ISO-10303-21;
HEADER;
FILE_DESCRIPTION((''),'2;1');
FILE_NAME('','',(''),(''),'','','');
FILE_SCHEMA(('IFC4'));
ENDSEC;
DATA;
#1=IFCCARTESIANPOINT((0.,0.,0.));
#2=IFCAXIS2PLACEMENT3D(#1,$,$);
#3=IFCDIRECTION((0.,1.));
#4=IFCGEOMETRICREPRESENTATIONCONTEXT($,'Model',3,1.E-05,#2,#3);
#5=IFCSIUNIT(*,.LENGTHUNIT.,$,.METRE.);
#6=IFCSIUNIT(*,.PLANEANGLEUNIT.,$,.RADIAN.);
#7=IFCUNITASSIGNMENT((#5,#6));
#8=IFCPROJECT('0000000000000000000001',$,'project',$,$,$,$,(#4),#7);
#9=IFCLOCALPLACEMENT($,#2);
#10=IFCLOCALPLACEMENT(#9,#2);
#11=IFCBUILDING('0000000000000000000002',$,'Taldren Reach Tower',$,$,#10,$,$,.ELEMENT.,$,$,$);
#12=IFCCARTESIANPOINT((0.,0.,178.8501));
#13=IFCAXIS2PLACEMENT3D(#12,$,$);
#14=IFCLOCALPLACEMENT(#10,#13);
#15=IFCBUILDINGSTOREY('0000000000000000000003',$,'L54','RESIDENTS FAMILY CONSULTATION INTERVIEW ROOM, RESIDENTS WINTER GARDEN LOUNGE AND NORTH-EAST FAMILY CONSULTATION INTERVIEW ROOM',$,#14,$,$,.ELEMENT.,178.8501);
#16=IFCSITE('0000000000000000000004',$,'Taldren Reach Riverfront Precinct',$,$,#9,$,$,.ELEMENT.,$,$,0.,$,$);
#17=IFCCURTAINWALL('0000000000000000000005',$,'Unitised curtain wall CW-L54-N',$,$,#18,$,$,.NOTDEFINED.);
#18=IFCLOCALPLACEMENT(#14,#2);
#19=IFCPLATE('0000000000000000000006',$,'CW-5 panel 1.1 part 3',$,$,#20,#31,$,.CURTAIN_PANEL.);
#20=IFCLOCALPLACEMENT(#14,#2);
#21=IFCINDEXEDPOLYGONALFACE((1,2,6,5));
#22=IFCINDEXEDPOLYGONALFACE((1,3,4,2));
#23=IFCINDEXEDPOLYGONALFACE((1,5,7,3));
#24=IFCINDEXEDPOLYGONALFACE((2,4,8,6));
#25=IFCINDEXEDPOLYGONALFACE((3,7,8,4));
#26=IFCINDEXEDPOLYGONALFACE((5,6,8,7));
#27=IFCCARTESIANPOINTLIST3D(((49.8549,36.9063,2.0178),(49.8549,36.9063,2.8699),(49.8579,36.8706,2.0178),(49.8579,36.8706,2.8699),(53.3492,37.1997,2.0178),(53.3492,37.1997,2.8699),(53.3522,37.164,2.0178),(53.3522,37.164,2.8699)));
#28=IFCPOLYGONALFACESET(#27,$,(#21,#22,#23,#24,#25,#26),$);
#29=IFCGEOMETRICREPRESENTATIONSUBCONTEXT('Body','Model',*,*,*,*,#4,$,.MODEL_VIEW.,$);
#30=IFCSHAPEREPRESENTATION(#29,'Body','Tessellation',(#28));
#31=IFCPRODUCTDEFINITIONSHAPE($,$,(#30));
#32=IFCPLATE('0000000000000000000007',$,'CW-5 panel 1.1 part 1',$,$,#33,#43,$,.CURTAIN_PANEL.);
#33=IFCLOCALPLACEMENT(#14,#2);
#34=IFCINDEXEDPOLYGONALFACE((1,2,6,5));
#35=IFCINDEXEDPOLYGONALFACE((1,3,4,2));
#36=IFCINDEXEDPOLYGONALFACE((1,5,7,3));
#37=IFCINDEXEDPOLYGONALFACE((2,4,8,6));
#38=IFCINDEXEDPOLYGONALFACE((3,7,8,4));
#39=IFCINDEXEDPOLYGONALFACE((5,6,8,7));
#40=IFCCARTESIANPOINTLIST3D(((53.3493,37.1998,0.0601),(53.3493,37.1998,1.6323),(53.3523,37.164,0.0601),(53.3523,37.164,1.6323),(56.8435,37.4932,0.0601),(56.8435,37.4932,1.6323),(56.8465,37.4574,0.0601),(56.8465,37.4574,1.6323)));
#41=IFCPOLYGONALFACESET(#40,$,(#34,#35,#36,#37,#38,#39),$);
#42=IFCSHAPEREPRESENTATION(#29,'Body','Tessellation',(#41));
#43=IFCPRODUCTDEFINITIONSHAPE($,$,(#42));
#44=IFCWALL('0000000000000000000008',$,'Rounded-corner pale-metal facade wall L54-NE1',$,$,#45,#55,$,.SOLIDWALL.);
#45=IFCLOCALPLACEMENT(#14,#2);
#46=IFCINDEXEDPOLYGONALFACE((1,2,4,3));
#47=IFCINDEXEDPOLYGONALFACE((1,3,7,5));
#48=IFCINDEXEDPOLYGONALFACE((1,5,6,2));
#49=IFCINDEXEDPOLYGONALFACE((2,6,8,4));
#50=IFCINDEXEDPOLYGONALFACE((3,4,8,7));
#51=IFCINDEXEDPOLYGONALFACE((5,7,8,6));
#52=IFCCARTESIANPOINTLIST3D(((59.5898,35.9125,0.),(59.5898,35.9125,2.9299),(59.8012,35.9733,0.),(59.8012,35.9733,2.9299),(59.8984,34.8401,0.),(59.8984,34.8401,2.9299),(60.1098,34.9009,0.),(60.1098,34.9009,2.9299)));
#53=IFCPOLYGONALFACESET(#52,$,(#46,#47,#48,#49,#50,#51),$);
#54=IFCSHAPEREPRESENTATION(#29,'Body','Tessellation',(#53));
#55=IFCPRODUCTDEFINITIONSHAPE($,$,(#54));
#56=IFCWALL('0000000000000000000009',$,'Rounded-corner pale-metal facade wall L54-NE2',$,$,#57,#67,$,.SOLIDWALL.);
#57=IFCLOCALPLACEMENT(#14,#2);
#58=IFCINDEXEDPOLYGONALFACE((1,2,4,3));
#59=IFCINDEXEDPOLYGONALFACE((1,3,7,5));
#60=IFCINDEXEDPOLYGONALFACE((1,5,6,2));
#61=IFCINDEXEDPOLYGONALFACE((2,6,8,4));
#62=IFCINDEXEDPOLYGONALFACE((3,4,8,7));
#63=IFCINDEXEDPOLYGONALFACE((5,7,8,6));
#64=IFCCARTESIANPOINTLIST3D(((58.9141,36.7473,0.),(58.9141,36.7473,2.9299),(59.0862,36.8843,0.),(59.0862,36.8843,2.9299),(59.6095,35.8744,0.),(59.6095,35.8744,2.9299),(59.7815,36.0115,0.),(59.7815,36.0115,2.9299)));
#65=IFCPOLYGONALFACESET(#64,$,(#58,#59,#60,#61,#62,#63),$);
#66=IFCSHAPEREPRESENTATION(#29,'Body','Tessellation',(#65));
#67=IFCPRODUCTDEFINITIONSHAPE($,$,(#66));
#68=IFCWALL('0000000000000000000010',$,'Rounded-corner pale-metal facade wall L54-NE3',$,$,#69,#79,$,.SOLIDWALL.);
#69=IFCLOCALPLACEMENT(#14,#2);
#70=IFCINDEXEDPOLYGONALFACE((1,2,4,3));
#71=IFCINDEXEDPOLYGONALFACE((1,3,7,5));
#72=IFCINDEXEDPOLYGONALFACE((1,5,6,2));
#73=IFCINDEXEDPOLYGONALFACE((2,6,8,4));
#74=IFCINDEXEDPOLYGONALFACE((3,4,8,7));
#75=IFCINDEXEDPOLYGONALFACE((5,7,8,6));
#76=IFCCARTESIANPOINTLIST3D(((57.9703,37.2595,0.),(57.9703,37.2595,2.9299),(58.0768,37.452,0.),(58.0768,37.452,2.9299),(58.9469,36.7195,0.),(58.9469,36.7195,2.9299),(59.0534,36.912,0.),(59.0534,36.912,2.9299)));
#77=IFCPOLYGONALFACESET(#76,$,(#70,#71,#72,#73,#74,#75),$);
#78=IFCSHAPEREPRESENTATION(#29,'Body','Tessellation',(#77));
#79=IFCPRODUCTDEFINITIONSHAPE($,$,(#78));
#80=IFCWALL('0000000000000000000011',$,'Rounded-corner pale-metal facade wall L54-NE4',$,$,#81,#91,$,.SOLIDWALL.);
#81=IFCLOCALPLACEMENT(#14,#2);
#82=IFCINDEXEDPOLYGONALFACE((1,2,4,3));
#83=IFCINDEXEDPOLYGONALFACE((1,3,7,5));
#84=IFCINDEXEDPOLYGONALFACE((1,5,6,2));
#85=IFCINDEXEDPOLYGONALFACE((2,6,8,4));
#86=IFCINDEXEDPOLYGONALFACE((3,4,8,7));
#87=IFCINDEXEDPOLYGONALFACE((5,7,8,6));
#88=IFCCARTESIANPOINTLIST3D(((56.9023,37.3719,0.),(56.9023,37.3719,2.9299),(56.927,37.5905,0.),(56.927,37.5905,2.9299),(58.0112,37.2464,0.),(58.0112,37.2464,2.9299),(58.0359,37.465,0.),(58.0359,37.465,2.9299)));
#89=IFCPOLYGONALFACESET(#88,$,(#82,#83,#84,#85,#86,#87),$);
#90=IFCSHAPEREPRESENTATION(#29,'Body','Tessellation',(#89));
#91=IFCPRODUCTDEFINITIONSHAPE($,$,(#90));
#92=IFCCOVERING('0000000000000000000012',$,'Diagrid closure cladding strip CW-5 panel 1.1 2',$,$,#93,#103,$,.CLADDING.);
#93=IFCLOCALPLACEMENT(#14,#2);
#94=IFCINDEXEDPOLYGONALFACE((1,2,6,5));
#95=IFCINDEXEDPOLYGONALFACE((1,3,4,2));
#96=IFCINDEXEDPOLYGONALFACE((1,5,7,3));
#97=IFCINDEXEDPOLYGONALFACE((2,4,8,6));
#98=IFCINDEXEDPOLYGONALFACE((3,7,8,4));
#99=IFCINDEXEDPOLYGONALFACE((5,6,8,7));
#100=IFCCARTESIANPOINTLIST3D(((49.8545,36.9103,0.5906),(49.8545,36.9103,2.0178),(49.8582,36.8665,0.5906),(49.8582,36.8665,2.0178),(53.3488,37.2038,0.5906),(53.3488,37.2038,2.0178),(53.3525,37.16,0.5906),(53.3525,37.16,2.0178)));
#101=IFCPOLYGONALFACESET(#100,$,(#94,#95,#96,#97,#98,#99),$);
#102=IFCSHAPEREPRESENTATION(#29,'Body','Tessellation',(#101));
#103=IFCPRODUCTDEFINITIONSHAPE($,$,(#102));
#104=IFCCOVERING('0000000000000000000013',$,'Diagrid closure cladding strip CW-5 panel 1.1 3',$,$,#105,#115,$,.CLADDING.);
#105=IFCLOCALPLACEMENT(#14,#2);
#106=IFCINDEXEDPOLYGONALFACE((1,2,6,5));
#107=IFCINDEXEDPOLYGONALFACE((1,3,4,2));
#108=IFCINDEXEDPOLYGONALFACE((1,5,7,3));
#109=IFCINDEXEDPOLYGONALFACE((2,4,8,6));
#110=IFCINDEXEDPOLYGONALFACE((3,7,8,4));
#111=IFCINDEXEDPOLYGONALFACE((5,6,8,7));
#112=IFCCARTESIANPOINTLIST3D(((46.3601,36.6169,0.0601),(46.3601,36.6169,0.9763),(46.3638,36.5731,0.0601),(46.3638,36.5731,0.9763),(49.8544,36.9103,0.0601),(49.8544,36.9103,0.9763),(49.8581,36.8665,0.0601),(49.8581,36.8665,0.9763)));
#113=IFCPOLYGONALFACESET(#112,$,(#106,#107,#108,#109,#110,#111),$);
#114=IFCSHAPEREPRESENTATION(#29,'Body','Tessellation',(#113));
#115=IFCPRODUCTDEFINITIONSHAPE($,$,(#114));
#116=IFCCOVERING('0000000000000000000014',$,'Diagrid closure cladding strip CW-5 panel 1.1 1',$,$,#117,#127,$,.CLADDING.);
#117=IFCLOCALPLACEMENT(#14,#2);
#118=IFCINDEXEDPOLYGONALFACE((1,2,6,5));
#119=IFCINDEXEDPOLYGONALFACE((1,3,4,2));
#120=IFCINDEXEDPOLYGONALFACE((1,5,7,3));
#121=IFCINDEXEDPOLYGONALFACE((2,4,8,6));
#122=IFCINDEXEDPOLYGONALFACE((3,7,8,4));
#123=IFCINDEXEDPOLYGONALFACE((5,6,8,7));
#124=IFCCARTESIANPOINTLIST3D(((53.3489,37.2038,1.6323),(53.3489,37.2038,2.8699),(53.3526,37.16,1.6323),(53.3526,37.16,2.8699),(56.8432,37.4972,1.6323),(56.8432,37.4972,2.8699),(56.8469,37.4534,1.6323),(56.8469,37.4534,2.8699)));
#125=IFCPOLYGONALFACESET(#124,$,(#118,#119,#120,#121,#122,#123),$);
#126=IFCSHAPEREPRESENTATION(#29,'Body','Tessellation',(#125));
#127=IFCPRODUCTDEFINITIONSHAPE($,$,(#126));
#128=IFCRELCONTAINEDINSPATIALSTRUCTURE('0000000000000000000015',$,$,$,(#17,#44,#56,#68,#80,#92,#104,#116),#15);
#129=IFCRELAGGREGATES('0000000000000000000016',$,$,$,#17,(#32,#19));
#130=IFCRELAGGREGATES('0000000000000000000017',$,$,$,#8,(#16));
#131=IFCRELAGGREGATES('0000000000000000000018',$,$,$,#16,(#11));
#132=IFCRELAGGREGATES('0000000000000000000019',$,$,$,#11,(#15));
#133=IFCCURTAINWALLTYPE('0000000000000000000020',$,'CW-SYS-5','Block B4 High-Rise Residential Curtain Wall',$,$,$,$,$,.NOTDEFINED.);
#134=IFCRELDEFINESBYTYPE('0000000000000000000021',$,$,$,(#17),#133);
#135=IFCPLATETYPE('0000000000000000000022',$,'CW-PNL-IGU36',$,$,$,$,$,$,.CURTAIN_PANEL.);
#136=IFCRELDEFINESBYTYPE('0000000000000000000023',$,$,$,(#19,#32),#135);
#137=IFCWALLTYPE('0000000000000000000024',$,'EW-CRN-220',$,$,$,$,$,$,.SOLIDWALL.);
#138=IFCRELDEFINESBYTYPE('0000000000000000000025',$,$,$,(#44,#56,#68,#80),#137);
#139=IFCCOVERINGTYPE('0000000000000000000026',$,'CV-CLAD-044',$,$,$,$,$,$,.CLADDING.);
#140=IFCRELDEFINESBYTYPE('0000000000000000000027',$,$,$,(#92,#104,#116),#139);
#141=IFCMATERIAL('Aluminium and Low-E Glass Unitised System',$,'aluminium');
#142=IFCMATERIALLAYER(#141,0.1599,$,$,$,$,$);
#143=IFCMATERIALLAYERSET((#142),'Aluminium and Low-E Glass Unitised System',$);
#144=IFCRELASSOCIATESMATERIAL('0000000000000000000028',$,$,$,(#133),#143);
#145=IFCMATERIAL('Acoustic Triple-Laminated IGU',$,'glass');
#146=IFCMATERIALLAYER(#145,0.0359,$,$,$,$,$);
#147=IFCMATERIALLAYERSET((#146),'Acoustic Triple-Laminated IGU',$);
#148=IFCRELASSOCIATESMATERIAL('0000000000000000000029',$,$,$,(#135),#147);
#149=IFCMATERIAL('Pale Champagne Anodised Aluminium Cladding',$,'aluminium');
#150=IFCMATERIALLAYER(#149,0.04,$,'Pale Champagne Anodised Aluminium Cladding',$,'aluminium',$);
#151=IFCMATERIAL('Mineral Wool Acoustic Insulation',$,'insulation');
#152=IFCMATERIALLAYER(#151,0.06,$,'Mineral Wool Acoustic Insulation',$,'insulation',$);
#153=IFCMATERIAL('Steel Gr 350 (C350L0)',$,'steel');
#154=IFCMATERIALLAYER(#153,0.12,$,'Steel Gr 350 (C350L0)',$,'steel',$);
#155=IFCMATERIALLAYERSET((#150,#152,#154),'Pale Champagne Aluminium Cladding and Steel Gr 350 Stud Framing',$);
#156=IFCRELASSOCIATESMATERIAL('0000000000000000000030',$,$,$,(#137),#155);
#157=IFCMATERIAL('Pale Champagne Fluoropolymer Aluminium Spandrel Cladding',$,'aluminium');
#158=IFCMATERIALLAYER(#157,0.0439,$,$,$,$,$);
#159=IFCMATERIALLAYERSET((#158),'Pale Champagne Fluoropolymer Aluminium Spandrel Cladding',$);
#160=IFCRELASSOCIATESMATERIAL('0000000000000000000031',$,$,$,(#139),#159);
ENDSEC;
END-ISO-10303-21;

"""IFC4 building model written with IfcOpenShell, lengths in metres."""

from ifc_helpers import new_model, si_unit, direction, frame, frame_2d, origin, origin_2d, place, context, subcontext, project, spatial, rectangle, extrude, source, transform, mapped, material, layer, layer_set, type_object, element, aggregate, save


model = new_model("IFC4")

# Units and contexts
model_context = context("Model", 3, precision=1e-05, world=origin(), true_north=direction((0.0, 1.0)))
body_context = subcontext(model_context, "Body", "Model", "MODEL_VIEW")
ifc_project = project(units=[si_unit("LENGTHUNIT", "METRE"), si_unit("PLANEANGLEUNIT", "RADIAN")], contexts=[model_context])

# Site, building, storey
site_placement = place(None, origin())
site = spatial("IfcSite", under=ifc_project, at=site_placement, Name="Taldren Reach Riverfront Precinct", CompositionType="ELEMENT", RefElevation=0.0)
building_placement = place(site_placement, origin())
building = spatial("IfcBuilding", under=site, at=building_placement, Name="Taldren Reach Tower", CompositionType="ELEMENT")
storey_placement = place(building_placement, frame((0.0, 0.0, 178.8501)))
storey = spatial("IfcBuildingStorey", under=building, at=storey_placement, Name="L54", Description="RESIDENTS FAMILY CONSULTATION INTERVIEW ROOM, RESIDENTS WINTER GARDEN LOUNGE AND NORTH-EAST FAMILY CONSULTATION INTERVIEW ROOM", CompositionType="ELEMENT", Elevation=178.8501)

# Shared definitions
ifc_material_1 = material(Name="Steel Gr 350 (C350L0)", Category="steel")

# Curtain wall
ifc_material_2 = material(Name="Aluminium and Low-E Glass Unitised System", Category="aluminium")
ifc_layer_1 = layer(ifc_material_2, 0.1599)
ifc_layer_set_1 = layer_set([ifc_layer_1], Name="Aluminium and Low-E Glass Unitised System")
curtain_wall_type = type_object("IfcCurtainWallType", Name="CW-SYS-5", Description="Block B4 High-Rise Residential Curtain Wall", PredefinedType="NOTDEFINED", material=ifc_layer_set_1)
curtain_wall_placement = place(storey_placement, origin())
curtain_wall = element("IfcCurtainWall", 1, at=curtain_wall_placement, inside=storey, type_object=curtain_wall_type, Name="Unitised curtain wall CW-L54-N", PredefinedType="NOTDEFINED")

# Plates
ifc_material_3 = material(Name="Acoustic Triple-Laminated IGU", Category="glass")
ifc_layer_2 = layer(ifc_material_3, 0.0359)
ifc_layer_set_2 = layer_set([ifc_layer_2], Name="Acoustic Triple-Laminated IGU")
plate_type_1 = type_object("IfcPlateType", Name="CW-PNL-IGU36", PredefinedType="CURTAIN_PANEL", material=ifc_layer_set_2)
shared_shape_1 = source(origin(), body_context, "Body", "SweptSolid", [
    extrude(rectangle(XDim=3.5066, YDim=0.0359, at=origin_2d()), origin(), (0.0, 0.0, 1.0), 0.8521),
])
plate_1_placement = place(storey_placement, frame((51.6035, 37.0352, 2.0178), z_axis=(0.0, 0.0, 1.0), x_axis=(-0.996493, -0.083678, 0.0)))
plate_1 = element("IfcPlate", 2, at=plate_1_placement, type_object=plate_type_1, Name="CW-5 panel 1.1 part 3", PredefinedType="CURTAIN_PANEL", context=body_context, shape_type="MappedRepresentation", body=[
    mapped(shared_shape_1, transform((0.0, 0.0, 0.0), scale=1.0)),
])
shared_shape_2 = source(origin(), body_context, "Body", "SweptSolid", [
    extrude(rectangle(XDim=3.5066, YDim=0.0359, at=origin_2d()), origin(), (0.0, 0.0, 1.0), 1.5723),
])
plate_2_placement = place(storey_placement, frame((55.0979, 37.3286, 0.0601), z_axis=(0.0, 0.0, 1.0), x_axis=(-0.996493, -0.083678, 0.0)))
plate_2 = element("IfcPlate", 3, at=plate_2_placement, type_object=plate_type_1, Name="CW-5 panel 1.1 part 1", PredefinedType="CURTAIN_PANEL", context=body_context, shape_type="MappedRepresentation", body=[
    mapped(shared_shape_2, transform((0.0, 0.0, 0.0), scale=1.0)),
])
aggregate(curtain_wall, [plate_2, plate_1])

# Walls
ifc_material_4 = material(Name="Pale Champagne Anodised Aluminium Cladding", Category="aluminium")
ifc_layer_3 = layer(ifc_material_4, 0.04, Name="Pale Champagne Anodised Aluminium Cladding", Category="aluminium")
ifc_material_5 = material(Name="Mineral Wool Acoustic Insulation", Category="insulation")
ifc_layer_4 = layer(ifc_material_5, 0.06, Name="Mineral Wool Acoustic Insulation", Category="insulation")
ifc_layer_5 = layer(ifc_material_1, 0.12, Name="Steel Gr 350 (C350L0)", Category="steel")
ifc_layer_set_3 = layer_set([ifc_layer_3, ifc_layer_4, ifc_layer_5], Name="Pale Champagne Aluminium Cladding and Steel Gr 350 Stud Framing")
wall_type = type_object("IfcWallType", Name="EW-CRN-220", PredefinedType="SOLIDWALL", material=ifc_layer_set_3)
shared_shape_3 = source(origin(), body_context, "Body", "SweptSolid", [
    extrude(rectangle(XDim=1.116, YDim=0.22, at=frame_2d((0.5581, 0.0))), origin(), (0.0, 0.0, 1.0), 2.9299),
])
for number, where, z_axis, x_axis, name in (
    (4, (60.0042, 34.8704, 0.0), (0.0, 0.0, 1.0), (-0.276512, 0.96101, 0.0), "Rounded-corner pale-metal facade wall L54-NE1"),
    (5, (59.6956, 35.9429, 0.0), (0.0, 0.0, 1.0), (-0.623093, 0.782148, 0.0), "Rounded-corner pale-metal facade wall L54-NE2"),
    (6, (59.0002, 36.8157, 0.0), (0.0, 0.0, 1.0), (-0.875105, 0.483933, 0.0), "Rounded-corner pale-metal facade wall L54-NE3"),
    (7, (58.0237, 37.3557, 0.0), (0.0, 0.0, 1.0), (-0.993658, 0.112448, 0.0), "Rounded-corner pale-metal facade wall L54-NE4"),
):
    element("IfcWall", number, at=place(storey_placement, frame(where, z_axis=z_axis, x_axis=x_axis)), inside=storey, type_object=wall_type, Name=name, PredefinedType="SOLIDWALL", context=body_context, shape_type="MappedRepresentation", body=[
        mapped(shared_shape_3, transform((0.0, 0.0, 0.0), scale=1.0)),
    ])

# Coverings
ifc_material_6 = material(Name="Pale Champagne Fluoropolymer Aluminium Spandrel Cladding", Category="aluminium")
ifc_layer_6 = layer(ifc_material_6, 0.0439)
ifc_layer_set_4 = layer_set([ifc_layer_6], Name="Pale Champagne Fluoropolymer Aluminium Spandrel Cladding")
covering_type = type_object("IfcCoveringType", Name="CV-CLAD-044", PredefinedType="CLADDING", material=ifc_layer_set_4)
shared_shape_4 = source(origin(), body_context, "Body", "SweptSolid", [
    extrude(rectangle(XDim=3.5066, YDim=0.0439, at=origin_2d()), origin(), (0.0, 0.0, 1.0), 1.4272),
])
covering_1_placement = place(storey_placement, frame((51.6035, 37.0352, 0.5906), z_axis=(0.0, 0.0, 1.0), x_axis=(-0.996493, -0.083678, 0.0)))
element("IfcCovering", 8, at=covering_1_placement, inside=storey, type_object=covering_type, Name="Diagrid closure cladding strip CW-5 panel 1.1 2", PredefinedType="CLADDING", context=body_context, shape_type="MappedRepresentation", body=[
    mapped(shared_shape_4, transform((0.0, 0.0, 0.0), scale=1.0)),
])
shared_shape_5 = source(origin(), body_context, "Body", "SweptSolid", [
    extrude(rectangle(XDim=3.5066, YDim=0.0439, at=origin_2d()), origin(), (0.0, 0.0, 1.0), 0.9163),
])
covering_2_placement = place(storey_placement, frame((48.1091, 36.7417, 0.0601), z_axis=(0.0, 0.0, 1.0), x_axis=(-0.996493, -0.083678, 0.0)))
element("IfcCovering", 9, at=covering_2_placement, inside=storey, type_object=covering_type, Name="Diagrid closure cladding strip CW-5 panel 1.1 3", PredefinedType="CLADDING", context=body_context, shape_type="MappedRepresentation", body=[
    mapped(shared_shape_5, transform((0.0, 0.0, 0.0), scale=1.0)),
])
shared_shape_6 = source(origin(), body_context, "Body", "SweptSolid", [
    extrude(rectangle(XDim=3.5066, YDim=0.0439, at=origin_2d()), origin(), (0.0, 0.0, 1.0), 1.2375),
])
covering_3_placement = place(storey_placement, frame((55.0979, 37.3286, 1.6323), z_axis=(0.0, 0.0, 1.0), x_axis=(-0.996493, -0.083678, 0.0)))
element("IfcCovering", 10, at=covering_3_placement, inside=storey, type_object=covering_type, Name="Diagrid closure cladding strip CW-5 panel 1.1 1", PredefinedType="CLADDING", context=body_context, shape_type="MappedRepresentation", body=[
    mapped(shared_shape_6, transform((0.0, 0.0, 0.0), scale=1.0)),
])

save(model, "model.ifc")
